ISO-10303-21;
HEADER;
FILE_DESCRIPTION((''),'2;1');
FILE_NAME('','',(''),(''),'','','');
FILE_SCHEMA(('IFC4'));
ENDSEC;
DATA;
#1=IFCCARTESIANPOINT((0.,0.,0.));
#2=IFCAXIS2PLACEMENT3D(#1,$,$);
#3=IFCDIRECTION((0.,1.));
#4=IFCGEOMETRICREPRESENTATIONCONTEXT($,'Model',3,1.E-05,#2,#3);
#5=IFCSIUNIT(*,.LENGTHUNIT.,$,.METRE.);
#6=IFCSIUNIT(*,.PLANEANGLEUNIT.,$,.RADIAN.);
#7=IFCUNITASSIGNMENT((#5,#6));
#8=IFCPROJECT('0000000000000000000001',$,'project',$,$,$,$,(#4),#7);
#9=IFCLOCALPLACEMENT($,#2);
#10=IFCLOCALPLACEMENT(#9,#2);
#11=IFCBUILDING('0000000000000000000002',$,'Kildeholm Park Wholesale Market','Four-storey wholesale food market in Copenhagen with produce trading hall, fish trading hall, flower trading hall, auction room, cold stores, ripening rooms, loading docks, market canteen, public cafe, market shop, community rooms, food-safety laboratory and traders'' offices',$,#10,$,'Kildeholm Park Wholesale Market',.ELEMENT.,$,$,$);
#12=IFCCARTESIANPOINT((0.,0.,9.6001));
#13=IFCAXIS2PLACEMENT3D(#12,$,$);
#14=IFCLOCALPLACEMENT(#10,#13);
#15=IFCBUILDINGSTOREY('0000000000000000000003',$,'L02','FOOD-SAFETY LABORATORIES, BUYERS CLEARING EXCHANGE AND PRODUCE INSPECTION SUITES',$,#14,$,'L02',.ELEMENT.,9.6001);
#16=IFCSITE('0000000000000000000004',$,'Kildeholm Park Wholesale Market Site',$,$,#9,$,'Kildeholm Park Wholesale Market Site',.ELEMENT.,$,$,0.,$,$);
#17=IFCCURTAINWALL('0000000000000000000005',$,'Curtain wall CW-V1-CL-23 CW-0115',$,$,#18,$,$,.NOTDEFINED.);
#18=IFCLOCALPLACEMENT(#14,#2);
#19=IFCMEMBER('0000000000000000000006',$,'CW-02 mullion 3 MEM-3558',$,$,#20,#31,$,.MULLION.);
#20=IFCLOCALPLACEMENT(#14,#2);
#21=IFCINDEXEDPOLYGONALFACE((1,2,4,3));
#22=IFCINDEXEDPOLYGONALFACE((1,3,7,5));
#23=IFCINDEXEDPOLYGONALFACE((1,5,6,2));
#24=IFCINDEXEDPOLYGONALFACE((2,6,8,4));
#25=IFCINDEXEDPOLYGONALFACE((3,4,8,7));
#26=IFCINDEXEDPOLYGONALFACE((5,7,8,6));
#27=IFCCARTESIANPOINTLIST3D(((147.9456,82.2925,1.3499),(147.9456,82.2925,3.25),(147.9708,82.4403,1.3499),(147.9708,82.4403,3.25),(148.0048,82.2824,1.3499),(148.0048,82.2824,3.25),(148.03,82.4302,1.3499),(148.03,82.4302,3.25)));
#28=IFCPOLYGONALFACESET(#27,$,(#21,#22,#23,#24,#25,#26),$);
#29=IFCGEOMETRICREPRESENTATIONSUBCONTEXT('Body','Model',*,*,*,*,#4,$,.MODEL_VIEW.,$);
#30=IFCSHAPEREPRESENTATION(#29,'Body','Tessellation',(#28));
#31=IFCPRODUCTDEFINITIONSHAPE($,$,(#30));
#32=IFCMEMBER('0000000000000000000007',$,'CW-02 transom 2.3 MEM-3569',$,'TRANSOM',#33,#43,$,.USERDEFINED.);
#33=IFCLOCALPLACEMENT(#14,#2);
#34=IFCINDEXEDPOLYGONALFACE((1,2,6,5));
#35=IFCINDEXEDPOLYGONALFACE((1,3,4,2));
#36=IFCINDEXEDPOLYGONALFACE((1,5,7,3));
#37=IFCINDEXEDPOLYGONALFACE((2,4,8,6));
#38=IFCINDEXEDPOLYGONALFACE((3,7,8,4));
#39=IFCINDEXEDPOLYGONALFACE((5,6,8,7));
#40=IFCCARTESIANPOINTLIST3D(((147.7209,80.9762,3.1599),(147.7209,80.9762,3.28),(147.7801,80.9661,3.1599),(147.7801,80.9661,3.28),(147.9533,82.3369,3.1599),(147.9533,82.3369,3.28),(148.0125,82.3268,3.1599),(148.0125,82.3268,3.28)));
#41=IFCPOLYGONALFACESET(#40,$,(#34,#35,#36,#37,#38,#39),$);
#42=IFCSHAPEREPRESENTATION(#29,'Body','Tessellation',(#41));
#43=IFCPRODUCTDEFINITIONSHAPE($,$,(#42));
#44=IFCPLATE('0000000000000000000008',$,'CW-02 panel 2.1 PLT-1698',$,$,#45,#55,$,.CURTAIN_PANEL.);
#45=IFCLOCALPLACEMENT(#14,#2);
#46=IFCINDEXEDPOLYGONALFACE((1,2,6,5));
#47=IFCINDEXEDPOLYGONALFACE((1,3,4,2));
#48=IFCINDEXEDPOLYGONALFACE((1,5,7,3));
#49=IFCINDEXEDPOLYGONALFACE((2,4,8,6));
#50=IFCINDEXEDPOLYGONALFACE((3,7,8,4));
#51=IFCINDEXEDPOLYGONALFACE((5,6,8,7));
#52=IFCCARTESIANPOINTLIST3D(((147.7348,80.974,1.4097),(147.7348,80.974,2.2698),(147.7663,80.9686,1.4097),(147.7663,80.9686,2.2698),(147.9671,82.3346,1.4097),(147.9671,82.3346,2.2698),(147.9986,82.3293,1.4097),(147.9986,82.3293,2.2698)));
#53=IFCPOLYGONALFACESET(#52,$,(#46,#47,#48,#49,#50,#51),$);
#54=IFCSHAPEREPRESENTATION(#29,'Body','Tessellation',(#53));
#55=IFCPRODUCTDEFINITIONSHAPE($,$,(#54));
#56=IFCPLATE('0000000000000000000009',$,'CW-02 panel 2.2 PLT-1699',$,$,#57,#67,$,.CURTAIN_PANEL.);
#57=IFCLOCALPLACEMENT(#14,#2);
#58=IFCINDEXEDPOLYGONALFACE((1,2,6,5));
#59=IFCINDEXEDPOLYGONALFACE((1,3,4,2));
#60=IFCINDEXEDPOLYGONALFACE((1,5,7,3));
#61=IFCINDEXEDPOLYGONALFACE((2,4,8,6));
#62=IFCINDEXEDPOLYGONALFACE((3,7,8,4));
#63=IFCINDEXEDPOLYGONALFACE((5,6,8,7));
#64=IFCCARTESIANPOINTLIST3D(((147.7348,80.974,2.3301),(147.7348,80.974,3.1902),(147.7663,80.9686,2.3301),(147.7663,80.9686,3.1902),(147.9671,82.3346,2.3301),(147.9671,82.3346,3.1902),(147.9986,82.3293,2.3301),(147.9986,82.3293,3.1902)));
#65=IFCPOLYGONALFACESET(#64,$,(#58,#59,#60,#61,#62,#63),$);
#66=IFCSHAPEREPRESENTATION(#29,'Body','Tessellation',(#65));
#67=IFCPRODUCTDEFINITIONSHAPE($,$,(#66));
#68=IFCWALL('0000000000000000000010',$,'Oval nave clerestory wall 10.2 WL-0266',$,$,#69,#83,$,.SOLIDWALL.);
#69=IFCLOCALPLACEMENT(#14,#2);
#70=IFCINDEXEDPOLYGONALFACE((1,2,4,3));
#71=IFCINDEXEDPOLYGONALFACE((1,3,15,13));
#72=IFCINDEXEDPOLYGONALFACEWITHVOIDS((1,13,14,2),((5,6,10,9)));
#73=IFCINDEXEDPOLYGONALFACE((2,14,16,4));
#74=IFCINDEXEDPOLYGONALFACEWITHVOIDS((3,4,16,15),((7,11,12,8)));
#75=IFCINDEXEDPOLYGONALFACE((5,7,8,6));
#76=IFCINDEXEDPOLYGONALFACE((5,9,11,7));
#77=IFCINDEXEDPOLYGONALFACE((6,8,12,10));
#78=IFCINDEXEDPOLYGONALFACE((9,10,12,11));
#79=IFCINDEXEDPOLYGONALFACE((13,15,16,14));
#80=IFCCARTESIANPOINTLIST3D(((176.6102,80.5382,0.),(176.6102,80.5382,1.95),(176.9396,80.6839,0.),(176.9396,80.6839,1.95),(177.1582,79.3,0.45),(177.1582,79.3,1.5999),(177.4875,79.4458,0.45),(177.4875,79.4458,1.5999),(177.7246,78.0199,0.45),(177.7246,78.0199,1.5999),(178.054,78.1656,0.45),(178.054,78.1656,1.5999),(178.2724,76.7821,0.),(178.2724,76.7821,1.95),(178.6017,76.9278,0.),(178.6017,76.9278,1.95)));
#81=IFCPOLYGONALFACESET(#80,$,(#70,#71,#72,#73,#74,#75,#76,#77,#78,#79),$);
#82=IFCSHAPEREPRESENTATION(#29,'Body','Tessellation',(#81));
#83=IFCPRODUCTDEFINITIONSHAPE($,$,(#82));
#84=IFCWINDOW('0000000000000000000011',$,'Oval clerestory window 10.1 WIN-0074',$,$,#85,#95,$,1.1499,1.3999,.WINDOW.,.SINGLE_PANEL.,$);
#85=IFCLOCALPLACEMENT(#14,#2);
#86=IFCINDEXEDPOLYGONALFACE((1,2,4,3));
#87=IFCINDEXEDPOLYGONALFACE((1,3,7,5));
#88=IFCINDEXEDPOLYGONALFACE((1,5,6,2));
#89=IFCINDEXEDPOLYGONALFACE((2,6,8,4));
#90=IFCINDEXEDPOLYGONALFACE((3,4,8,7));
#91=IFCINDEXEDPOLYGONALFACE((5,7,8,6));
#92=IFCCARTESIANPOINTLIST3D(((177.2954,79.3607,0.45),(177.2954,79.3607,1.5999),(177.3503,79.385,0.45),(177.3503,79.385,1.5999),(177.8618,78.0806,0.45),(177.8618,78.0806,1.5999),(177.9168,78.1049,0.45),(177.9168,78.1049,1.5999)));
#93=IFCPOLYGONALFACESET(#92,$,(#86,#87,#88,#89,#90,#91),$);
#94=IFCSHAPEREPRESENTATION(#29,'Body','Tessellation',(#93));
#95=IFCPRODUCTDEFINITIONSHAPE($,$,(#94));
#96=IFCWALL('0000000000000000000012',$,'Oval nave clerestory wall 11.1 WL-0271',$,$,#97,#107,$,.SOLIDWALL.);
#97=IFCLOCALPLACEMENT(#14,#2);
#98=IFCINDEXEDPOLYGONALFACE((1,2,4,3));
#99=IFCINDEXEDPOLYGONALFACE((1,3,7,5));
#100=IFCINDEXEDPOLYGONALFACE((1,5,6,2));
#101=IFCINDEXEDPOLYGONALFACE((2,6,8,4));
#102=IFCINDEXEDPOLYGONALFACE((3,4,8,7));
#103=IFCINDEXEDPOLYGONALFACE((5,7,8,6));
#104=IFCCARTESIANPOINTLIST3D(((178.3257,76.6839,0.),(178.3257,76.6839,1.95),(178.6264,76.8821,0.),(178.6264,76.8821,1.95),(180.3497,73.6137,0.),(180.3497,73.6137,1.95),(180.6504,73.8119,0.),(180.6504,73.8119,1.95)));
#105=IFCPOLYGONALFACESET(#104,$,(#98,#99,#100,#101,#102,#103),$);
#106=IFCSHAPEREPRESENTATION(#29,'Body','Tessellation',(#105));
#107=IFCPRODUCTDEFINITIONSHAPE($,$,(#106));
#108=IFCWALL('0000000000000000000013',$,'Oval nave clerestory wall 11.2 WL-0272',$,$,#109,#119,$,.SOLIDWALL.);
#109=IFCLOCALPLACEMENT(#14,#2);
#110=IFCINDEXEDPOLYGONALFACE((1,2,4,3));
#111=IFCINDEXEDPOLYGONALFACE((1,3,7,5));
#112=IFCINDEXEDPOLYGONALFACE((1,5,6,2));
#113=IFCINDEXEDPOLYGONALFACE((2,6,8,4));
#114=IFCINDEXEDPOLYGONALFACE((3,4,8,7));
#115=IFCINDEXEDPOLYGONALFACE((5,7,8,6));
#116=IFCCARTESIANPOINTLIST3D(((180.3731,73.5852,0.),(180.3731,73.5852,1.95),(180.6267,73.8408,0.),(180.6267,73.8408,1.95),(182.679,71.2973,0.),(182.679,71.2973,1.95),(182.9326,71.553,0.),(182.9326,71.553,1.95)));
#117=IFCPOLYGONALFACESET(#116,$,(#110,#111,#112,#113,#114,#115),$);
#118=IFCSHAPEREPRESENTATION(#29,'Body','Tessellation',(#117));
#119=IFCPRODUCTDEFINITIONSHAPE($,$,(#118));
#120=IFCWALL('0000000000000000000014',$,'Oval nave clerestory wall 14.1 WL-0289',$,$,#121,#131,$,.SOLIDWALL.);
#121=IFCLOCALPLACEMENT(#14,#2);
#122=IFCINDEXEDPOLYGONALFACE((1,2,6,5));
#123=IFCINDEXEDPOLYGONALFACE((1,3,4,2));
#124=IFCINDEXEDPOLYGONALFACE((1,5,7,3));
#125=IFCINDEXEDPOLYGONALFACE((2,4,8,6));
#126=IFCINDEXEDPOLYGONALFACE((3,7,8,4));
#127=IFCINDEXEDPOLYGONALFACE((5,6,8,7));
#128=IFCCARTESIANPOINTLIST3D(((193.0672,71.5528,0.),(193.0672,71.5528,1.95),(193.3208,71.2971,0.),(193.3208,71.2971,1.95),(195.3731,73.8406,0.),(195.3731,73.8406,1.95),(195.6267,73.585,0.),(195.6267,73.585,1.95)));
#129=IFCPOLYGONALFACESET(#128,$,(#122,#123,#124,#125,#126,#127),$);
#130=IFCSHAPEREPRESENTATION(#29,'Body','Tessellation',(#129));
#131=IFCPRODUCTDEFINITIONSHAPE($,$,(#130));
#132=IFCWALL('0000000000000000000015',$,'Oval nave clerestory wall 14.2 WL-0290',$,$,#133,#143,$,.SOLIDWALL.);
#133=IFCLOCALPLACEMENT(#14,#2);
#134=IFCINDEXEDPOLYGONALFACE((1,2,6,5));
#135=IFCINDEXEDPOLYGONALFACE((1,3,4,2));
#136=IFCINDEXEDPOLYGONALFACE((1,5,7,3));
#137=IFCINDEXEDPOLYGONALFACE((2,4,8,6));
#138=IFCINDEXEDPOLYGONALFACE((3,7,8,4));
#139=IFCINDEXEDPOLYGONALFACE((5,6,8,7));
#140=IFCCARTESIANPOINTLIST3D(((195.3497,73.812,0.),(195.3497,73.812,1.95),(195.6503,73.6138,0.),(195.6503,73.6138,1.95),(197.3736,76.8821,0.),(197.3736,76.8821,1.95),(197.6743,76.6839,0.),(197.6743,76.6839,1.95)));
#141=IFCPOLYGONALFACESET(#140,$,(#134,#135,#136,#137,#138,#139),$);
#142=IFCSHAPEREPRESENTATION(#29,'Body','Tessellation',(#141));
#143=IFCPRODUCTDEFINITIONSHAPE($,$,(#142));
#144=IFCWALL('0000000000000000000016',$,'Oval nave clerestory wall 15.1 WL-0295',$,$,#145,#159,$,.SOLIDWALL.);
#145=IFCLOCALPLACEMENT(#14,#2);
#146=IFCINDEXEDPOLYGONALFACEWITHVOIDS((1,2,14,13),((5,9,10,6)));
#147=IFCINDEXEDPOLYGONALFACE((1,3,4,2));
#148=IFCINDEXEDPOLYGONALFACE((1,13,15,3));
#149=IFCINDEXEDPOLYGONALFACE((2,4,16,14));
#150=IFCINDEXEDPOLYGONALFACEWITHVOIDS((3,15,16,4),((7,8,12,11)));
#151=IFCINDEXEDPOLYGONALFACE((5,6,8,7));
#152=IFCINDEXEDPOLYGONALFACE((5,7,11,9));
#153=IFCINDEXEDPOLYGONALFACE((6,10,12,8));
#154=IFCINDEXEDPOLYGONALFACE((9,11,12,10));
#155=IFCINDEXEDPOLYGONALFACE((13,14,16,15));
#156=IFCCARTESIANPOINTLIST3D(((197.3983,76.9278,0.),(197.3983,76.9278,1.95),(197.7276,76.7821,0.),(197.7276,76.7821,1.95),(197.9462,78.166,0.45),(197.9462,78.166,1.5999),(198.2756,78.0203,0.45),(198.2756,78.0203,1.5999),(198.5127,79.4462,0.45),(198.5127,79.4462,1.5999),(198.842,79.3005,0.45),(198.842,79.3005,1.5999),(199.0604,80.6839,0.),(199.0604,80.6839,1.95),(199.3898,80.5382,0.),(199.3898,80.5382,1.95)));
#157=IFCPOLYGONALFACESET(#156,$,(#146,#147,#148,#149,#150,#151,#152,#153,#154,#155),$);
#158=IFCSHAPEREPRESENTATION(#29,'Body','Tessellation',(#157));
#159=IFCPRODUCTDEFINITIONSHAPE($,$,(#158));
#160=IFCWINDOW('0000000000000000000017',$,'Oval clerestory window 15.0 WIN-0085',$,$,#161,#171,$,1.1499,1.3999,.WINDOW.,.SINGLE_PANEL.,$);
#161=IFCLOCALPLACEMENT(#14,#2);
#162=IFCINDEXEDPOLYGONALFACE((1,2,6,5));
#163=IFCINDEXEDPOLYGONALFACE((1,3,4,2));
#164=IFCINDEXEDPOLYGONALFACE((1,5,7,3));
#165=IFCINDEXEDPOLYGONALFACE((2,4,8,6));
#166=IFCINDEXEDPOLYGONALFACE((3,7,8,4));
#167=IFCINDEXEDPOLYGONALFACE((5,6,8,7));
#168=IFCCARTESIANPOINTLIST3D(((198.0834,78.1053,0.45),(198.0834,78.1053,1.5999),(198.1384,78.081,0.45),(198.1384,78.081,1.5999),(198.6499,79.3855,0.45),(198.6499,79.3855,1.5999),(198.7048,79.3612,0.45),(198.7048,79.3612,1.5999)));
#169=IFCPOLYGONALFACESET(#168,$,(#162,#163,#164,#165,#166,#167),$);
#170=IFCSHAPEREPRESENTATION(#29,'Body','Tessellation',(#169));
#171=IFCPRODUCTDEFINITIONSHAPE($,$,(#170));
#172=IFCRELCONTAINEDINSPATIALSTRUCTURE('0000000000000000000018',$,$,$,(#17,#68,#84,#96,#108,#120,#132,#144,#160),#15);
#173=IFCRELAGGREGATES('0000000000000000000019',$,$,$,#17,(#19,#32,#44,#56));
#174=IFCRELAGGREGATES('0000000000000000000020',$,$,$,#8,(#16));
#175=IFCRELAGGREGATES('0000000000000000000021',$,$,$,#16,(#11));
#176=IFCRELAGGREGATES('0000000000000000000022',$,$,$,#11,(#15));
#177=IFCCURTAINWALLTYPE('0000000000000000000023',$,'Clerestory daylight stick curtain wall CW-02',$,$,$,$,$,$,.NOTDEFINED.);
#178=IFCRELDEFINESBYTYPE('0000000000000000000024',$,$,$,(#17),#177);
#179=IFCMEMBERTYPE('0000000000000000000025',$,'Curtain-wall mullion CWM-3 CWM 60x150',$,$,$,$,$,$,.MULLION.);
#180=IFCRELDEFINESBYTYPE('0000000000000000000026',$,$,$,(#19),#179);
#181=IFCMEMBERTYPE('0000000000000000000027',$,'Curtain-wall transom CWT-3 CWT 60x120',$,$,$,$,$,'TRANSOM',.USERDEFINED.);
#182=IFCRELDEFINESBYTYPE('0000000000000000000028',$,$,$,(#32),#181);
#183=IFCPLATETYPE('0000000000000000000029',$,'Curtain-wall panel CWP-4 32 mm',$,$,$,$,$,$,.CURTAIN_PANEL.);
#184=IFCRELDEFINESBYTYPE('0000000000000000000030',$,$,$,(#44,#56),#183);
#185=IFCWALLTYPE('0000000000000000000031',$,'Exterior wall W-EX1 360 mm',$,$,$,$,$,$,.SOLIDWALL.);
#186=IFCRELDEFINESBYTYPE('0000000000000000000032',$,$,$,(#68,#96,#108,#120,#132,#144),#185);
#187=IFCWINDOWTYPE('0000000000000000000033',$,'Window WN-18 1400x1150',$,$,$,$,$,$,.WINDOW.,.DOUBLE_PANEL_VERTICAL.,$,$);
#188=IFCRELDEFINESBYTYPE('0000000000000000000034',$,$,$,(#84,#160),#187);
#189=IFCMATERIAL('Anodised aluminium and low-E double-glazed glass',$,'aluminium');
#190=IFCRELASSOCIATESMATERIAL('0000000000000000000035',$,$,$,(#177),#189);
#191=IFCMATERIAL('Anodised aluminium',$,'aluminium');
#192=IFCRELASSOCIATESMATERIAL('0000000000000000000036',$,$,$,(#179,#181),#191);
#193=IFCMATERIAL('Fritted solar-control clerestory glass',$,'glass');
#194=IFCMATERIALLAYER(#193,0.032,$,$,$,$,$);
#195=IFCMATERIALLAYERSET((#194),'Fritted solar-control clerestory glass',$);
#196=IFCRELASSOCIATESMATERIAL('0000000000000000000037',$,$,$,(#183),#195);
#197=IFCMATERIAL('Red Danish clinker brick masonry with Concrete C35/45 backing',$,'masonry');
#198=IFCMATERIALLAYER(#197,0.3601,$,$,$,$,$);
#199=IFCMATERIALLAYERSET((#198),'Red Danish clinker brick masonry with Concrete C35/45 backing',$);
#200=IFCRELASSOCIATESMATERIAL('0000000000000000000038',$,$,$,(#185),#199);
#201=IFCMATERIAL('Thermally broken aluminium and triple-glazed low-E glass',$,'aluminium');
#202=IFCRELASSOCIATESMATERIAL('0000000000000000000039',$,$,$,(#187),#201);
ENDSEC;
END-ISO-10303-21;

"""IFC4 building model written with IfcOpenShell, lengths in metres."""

from ifc_helpers import new_model, si_unit, direction, frame, frame_2d, origin, origin_2d, place, context, subcontext, project, spatial, rectangle, extrude, material, layer, layer_set, material_profile, profile_set, type_object, element, fill, aggregate, save


model = new_model("IFC4")

# Units and contexts
model_context = context("Model", 3, precision=1e-05, world=origin(), true_north=direction((0.0, 1.0)))
body_context = subcontext(model_context, "Body", "Model", "MODEL_VIEW")
ifc_project = project(units=[si_unit("LENGTHUNIT", "METRE"), si_unit("PLANEANGLEUNIT", "RADIAN")], contexts=[model_context])

# Site, building, storey
site_placement = place(None, origin())
site = spatial("IfcSite", under=ifc_project, at=site_placement, Name="Kildeholm Park Wholesale Market Site", LongName="Kildeholm Park Wholesale Market Site", CompositionType="ELEMENT", RefElevation=0.0)
building_placement = place(site_placement, origin())
building = spatial("IfcBuilding", under=site, at=building_placement, Name="Kildeholm Park Wholesale Market", Description="Four-storey wholesale food market in Copenhagen with produce trading hall, fish trading hall, flower trading hall, auction room, cold stores, ripening rooms, loading docks, market canteen, public cafe, market shop, community rooms, food-safety laboratory and traders' offices", LongName="Kildeholm Park Wholesale Market", CompositionType="ELEMENT")
storey_placement = place(building_placement, frame((0.0, 0.0, 9.6001)))
storey = spatial("IfcBuildingStorey", under=building, at=storey_placement, Name="L02", Description="FOOD-SAFETY LABORATORIES, BUYERS CLEARING EXCHANGE AND PRODUCE INSPECTION SUITES", LongName="L02", CompositionType="ELEMENT", Elevation=9.6001)

# Curtain wall, members, plates
ifc_material_1 = material(Name="Anodised aluminium and low-E double-glazed glass", Category="aluminium")
curtain_wall_type = type_object("IfcCurtainWallType", Name="Clerestory daylight stick curtain wall CW-02", PredefinedType="NOTDEFINED", material=ifc_material_1)
curtain_wall_placement = place(storey_placement, origin())
curtain_wall = element("IfcCurtainWall", 1, at=curtain_wall_placement, inside=storey, type_object=curtain_wall_type, Name="Curtain wall CW-V1-CL-23 CW-0115", PredefinedType="NOTDEFINED")
ifc_material_2 = material(Name="Anodised aluminium", Category="aluminium")
ifc_material_profile_1 = material_profile(ifc_material_2, rectangle(XDim=0.0601, YDim=0.1499, at=origin_2d()), Name="CWM 60x150")
ifc_profile_set_1 = profile_set([ifc_material_profile_1], Name="Anodised aluminium")
member_type_1 = type_object("IfcMemberType", Name="Curtain-wall mullion CWM-3 CWM 60x150", PredefinedType="MULLION", material=ifc_profile_set_1)
member_1_placement = place(storey_placement, frame((147.9878, 82.3613, 1.3499), z_axis=(0.0, 0.0, 1.0), x_axis=(-0.985732, 0.168322, 0.0)))
member_1 = element("IfcMember", 2, at=member_1_placement, type_object=member_type_1, Name="CW-02 mullion 3 MEM-3558", PredefinedType="MULLION", context=body_context, shape_type="SweptSolid", body=[
    extrude(rectangle(XDim=0.0601, YDim=0.1499, at=origin_2d()), origin(), (0.0, 0.0, 1.0), 1.9001),
])
ifc_material_profile_2 = material_profile(ifc_material_2, rectangle(XDim=0.0601, YDim=0.1201, at=origin_2d()), Name="CWT 60x120")
ifc_profile_set_2 = profile_set([ifc_material_profile_2], Name="Anodised aluminium")
member_type_2 = type_object("IfcMemberType", Name="Curtain-wall transom CWT-3 CWT 60x120", ElementType="TRANSOM", PredefinedType="USERDEFINED", material=ifc_profile_set_2)
member_2_placement = place(storey_placement, frame((147.7505, 80.9712, 3.22), z_axis=(0.168384, 0.985721, 0.0), x_axis=(-0.985721, 0.168384, 0.0)))
member_2 = element("IfcMember", 3, at=member_2_placement, type_object=member_type_2, Name="CW-02 transom 2.3 MEM-3569", ObjectType="TRANSOM", PredefinedType="USERDEFINED", context=body_context, shape_type="SweptSolid", body=[
    extrude(rectangle(XDim=0.0601, YDim=0.1201, at=origin_2d()), origin(), (0.0, 0.0, 1.0), 1.3804),
])
ifc_material_3 = material(Name="Fritted solar-control clerestory glass", Category="glass")
ifc_layer_1 = layer(ifc_material_3, 0.032)
ifc_layer_set_1 = layer_set([ifc_layer_1], Name="Fritted solar-control clerestory glass")
plate_type = type_object("IfcPlateType", Name="Curtain-wall panel CWP-4 32 mm", PredefinedType="CURTAIN_PANEL", material=ifc_layer_set_1)
plate_1_placement = place(storey_placement, frame((147.8667, 81.6516, 1.4097), z_axis=(0.0, 0.0, 1.0), x_axis=(0.168322, 0.985732, 0.0)))
plate_1 = element("IfcPlate", 4, at=plate_1_placement, type_object=plate_type, Name="CW-02 panel 2.1 PLT-1698", PredefinedType="CURTAIN_PANEL", context=body_context, shape_type="SweptSolid", body=[
    extrude(rectangle(XDim=1.3804, YDim=0.032, at=origin_2d()), origin(), (0.0, 0.0, 1.0), 0.8601),
])
plate_2_placement = place(storey_placement, frame((147.8667, 81.6516, 2.3301), z_axis=(0.0, 0.0, 1.0), x_axis=(0.168322, 0.985732, 0.0)))
plate_2 = element("IfcPlate", 5, at=plate_2_placement, type_object=plate_type, Name="CW-02 panel 2.2 PLT-1699", PredefinedType="CURTAIN_PANEL", context=body_context, shape_type="SweptSolid", body=[
    extrude(rectangle(XDim=1.3804, YDim=0.032, at=origin_2d()), origin(), (0.0, 0.0, 1.0), 0.8601),
])
aggregate(curtain_wall, [member_1, member_2, plate_1, plate_2])

# Wall, opening, window
ifc_material_4 = material(Name="Red Danish clinker brick masonry with Concrete C35/45 backing", Category="masonry")
ifc_layer_2 = layer(ifc_material_4, 0.3601)
ifc_layer_set_2 = layer_set([ifc_layer_2], Name="Red Danish clinker brick masonry with Concrete C35/45 backing")
wall_type = type_object("IfcWallType", Name="Exterior wall W-EX1 360 mm", PredefinedType="SOLIDWALL", material=ifc_layer_set_2)
wall_1_placement = place(storey_placement, frame((176.7749, 80.6111, 0.0), z_axis=(0.0, 0.0, 1.0), x_axis=(0.40466, -0.914467, 0.0)))
wall_1 = element("IfcWall", 6, at=wall_1_placement, inside=storey, type_object=wall_type, Name="Oval nave clerestory wall 10.2 WL-0266", PredefinedType="SOLIDWALL", context=body_context, shape_type="SweptSolid", body=[
    extrude(rectangle(XDim=4.1074, YDim=0.3601, at=frame_2d((2.0537, 0.0))), origin(), (0.0, 0.0, 1.0), 1.95),
])
opening_1_placement = place(wall_1_placement, frame((1.354, 0.0, 0.45)))
opening_1 = element("IfcOpeningElement", 7, at=opening_1_placement, cuts=wall_1, PredefinedType="OPENING", context=body_context, shape_type="SweptSolid", body=[
    extrude(rectangle(XDim=1.3999, YDim=1.1499, at=frame_2d((0.7, 0.575))), frame((0.0, 0.1899, 0.0), z_axis=(0.0, -1.0, 0.0), x_axis=(1.0, 0.0, 0.0)), (0.0, 0.0, 1.0), 0.3801),
])
ifc_material_5 = material(Name="Thermally broken aluminium and triple-glazed low-E glass", Category="aluminium")
window_type = type_object("IfcWindowType", Name="Window WN-18 1400x1150", PartitioningType="DOUBLE_PANEL_VERTICAL", PredefinedType="WINDOW", material=ifc_material_5)
window_1_placement = place(opening_1_placement, origin())
window_1 = element("IfcWindow", 8, at=window_1_placement, inside=storey, type_object=window_type, Name="Oval clerestory window 10.1 WIN-0074", OverallHeight=1.1499, OverallWidth=1.3999, PartitioningType="SINGLE_PANEL", PredefinedType="WINDOW", context=body_context, shape_type="SweptSolid", body=[
    extrude(rectangle(XDim=1.3999, YDim=1.1499, at=frame_2d((0.7, 0.575))), frame((0.0, 0.03, 0.0), z_axis=(0.0, -1.0, 0.0), x_axis=(1.0, 0.0, 0.0)), (0.0, 0.0, 1.0), 0.0601),
])
fill(opening_1, window_1)

# Walls
wall_2_placement = place(storey_placement, frame((178.4761, 76.783, 0.0), z_axis=(0.0, 0.0, 1.0), x_axis=(0.550403, -0.834899, 0.0)))
element("IfcWall", 9, at=wall_2_placement, inside=storey, type_object=wall_type, Name="Oval nave clerestory wall 11.1 WL-0271", PredefinedType="SOLIDWALL", context=body_context, shape_type="SweptSolid", body=[
    extrude(rectangle(XDim=3.6772, YDim=0.3601, at=frame_2d((1.8386, 0.0))), origin(), (0.0, 0.0, 1.0), 1.95),
])
for number, where, z_axis, x_axis, name in (
    (10, (180.5, 73.7129, 0.0), (0.0, 0.0, 1.0), (0.709882, -0.70432, 0.0), "Oval nave clerestory wall 11.2 WL-0272"),
    (11, (193.1941, 71.425, 0.0), (0.0, 0.0, 1.0), (0.709882, 0.70432, 0.0), "Oval nave clerestory wall 14.1 WL-0289"),
):
    element("IfcWall", number, at=place(storey_placement, frame(where, z_axis=z_axis, x_axis=x_axis)), inside=storey, type_object=wall_type, Name=name, PredefinedType="SOLIDWALL", context=body_context, shape_type="SweptSolid", body=[
        extrude(rectangle(XDim=3.2483, YDim=0.3601, at=frame_2d((1.624, 0.0))), origin(), (0.0, 0.0, 1.0), 1.95),
    ])
wall_3_placement = place(storey_placement, frame((195.5, 73.7129, 0.0), z_axis=(0.0, 0.0, 1.0), x_axis=(0.550403, 0.834899, 0.0)))
element("IfcWall", 12, at=wall_3_placement, inside=storey, type_object=wall_type, Name="Oval nave clerestory wall 14.2 WL-0290", PredefinedType="SOLIDWALL", context=body_context, shape_type="SweptSolid", body=[
    extrude(rectangle(XDim=3.6772, YDim=0.3601, at=frame_2d((1.8386, 0.0))), origin(), (0.0, 0.0, 1.0), 1.95),
])

# Wall, opening, window
wall_4_placement = place(storey_placement, frame((197.563, 76.855, 0.0), z_axis=(0.0, 0.0, 1.0), x_axis=(0.40466, 0.914467, 0.0)))
wall_4 = element("IfcWall", 13, at=wall_4_placement, inside=storey, type_object=wall_type, Name="Oval nave clerestory wall 15.1 WL-0295", PredefinedType="SOLIDWALL", context=body_context, shape_type="SweptSolid", body=[
    extrude(rectangle(XDim=4.1074, YDim=0.3601, at=frame_2d((2.0537, 0.0))), origin(), (0.0, 0.0, 1.0), 1.95),
])
opening_2_placement = place(wall_4_placement, frame((1.354, 0.0, 0.45)))
opening_2 = element("IfcOpeningElement", 14, at=opening_2_placement, cuts=wall_4, PredefinedType="OPENING", context=body_context, shape_type="SweptSolid", body=[
    extrude(rectangle(XDim=1.3999, YDim=1.1499, at=frame_2d((0.7, 0.575))), frame((0.0, 0.1899, 0.0), z_axis=(0.0, -1.0, 0.0), x_axis=(1.0, 0.0, 0.0)), (0.0, 0.0, 1.0), 0.3801),
])
window_2_placement = place(opening_2_placement, origin())
window_2 = element("IfcWindow", 15, at=window_2_placement, inside=storey, type_object=window_type, Name="Oval clerestory window 15.0 WIN-0085", OverallHeight=1.1499, OverallWidth=1.3999, PartitioningType="SINGLE_PANEL", PredefinedType="WINDOW", context=body_context, shape_type="SweptSolid", body=[
    extrude(rectangle(XDim=1.3999, YDim=1.1499, at=frame_2d((0.7, 0.575))), frame((0.0, 0.03, 0.0), z_axis=(0.0, -1.0, 0.0), x_axis=(1.0, 0.0, 0.0)), (0.0, 0.0, 1.0), 0.0601),
])
fill(opening_2, window_2)

save(model, "model.ifc")
